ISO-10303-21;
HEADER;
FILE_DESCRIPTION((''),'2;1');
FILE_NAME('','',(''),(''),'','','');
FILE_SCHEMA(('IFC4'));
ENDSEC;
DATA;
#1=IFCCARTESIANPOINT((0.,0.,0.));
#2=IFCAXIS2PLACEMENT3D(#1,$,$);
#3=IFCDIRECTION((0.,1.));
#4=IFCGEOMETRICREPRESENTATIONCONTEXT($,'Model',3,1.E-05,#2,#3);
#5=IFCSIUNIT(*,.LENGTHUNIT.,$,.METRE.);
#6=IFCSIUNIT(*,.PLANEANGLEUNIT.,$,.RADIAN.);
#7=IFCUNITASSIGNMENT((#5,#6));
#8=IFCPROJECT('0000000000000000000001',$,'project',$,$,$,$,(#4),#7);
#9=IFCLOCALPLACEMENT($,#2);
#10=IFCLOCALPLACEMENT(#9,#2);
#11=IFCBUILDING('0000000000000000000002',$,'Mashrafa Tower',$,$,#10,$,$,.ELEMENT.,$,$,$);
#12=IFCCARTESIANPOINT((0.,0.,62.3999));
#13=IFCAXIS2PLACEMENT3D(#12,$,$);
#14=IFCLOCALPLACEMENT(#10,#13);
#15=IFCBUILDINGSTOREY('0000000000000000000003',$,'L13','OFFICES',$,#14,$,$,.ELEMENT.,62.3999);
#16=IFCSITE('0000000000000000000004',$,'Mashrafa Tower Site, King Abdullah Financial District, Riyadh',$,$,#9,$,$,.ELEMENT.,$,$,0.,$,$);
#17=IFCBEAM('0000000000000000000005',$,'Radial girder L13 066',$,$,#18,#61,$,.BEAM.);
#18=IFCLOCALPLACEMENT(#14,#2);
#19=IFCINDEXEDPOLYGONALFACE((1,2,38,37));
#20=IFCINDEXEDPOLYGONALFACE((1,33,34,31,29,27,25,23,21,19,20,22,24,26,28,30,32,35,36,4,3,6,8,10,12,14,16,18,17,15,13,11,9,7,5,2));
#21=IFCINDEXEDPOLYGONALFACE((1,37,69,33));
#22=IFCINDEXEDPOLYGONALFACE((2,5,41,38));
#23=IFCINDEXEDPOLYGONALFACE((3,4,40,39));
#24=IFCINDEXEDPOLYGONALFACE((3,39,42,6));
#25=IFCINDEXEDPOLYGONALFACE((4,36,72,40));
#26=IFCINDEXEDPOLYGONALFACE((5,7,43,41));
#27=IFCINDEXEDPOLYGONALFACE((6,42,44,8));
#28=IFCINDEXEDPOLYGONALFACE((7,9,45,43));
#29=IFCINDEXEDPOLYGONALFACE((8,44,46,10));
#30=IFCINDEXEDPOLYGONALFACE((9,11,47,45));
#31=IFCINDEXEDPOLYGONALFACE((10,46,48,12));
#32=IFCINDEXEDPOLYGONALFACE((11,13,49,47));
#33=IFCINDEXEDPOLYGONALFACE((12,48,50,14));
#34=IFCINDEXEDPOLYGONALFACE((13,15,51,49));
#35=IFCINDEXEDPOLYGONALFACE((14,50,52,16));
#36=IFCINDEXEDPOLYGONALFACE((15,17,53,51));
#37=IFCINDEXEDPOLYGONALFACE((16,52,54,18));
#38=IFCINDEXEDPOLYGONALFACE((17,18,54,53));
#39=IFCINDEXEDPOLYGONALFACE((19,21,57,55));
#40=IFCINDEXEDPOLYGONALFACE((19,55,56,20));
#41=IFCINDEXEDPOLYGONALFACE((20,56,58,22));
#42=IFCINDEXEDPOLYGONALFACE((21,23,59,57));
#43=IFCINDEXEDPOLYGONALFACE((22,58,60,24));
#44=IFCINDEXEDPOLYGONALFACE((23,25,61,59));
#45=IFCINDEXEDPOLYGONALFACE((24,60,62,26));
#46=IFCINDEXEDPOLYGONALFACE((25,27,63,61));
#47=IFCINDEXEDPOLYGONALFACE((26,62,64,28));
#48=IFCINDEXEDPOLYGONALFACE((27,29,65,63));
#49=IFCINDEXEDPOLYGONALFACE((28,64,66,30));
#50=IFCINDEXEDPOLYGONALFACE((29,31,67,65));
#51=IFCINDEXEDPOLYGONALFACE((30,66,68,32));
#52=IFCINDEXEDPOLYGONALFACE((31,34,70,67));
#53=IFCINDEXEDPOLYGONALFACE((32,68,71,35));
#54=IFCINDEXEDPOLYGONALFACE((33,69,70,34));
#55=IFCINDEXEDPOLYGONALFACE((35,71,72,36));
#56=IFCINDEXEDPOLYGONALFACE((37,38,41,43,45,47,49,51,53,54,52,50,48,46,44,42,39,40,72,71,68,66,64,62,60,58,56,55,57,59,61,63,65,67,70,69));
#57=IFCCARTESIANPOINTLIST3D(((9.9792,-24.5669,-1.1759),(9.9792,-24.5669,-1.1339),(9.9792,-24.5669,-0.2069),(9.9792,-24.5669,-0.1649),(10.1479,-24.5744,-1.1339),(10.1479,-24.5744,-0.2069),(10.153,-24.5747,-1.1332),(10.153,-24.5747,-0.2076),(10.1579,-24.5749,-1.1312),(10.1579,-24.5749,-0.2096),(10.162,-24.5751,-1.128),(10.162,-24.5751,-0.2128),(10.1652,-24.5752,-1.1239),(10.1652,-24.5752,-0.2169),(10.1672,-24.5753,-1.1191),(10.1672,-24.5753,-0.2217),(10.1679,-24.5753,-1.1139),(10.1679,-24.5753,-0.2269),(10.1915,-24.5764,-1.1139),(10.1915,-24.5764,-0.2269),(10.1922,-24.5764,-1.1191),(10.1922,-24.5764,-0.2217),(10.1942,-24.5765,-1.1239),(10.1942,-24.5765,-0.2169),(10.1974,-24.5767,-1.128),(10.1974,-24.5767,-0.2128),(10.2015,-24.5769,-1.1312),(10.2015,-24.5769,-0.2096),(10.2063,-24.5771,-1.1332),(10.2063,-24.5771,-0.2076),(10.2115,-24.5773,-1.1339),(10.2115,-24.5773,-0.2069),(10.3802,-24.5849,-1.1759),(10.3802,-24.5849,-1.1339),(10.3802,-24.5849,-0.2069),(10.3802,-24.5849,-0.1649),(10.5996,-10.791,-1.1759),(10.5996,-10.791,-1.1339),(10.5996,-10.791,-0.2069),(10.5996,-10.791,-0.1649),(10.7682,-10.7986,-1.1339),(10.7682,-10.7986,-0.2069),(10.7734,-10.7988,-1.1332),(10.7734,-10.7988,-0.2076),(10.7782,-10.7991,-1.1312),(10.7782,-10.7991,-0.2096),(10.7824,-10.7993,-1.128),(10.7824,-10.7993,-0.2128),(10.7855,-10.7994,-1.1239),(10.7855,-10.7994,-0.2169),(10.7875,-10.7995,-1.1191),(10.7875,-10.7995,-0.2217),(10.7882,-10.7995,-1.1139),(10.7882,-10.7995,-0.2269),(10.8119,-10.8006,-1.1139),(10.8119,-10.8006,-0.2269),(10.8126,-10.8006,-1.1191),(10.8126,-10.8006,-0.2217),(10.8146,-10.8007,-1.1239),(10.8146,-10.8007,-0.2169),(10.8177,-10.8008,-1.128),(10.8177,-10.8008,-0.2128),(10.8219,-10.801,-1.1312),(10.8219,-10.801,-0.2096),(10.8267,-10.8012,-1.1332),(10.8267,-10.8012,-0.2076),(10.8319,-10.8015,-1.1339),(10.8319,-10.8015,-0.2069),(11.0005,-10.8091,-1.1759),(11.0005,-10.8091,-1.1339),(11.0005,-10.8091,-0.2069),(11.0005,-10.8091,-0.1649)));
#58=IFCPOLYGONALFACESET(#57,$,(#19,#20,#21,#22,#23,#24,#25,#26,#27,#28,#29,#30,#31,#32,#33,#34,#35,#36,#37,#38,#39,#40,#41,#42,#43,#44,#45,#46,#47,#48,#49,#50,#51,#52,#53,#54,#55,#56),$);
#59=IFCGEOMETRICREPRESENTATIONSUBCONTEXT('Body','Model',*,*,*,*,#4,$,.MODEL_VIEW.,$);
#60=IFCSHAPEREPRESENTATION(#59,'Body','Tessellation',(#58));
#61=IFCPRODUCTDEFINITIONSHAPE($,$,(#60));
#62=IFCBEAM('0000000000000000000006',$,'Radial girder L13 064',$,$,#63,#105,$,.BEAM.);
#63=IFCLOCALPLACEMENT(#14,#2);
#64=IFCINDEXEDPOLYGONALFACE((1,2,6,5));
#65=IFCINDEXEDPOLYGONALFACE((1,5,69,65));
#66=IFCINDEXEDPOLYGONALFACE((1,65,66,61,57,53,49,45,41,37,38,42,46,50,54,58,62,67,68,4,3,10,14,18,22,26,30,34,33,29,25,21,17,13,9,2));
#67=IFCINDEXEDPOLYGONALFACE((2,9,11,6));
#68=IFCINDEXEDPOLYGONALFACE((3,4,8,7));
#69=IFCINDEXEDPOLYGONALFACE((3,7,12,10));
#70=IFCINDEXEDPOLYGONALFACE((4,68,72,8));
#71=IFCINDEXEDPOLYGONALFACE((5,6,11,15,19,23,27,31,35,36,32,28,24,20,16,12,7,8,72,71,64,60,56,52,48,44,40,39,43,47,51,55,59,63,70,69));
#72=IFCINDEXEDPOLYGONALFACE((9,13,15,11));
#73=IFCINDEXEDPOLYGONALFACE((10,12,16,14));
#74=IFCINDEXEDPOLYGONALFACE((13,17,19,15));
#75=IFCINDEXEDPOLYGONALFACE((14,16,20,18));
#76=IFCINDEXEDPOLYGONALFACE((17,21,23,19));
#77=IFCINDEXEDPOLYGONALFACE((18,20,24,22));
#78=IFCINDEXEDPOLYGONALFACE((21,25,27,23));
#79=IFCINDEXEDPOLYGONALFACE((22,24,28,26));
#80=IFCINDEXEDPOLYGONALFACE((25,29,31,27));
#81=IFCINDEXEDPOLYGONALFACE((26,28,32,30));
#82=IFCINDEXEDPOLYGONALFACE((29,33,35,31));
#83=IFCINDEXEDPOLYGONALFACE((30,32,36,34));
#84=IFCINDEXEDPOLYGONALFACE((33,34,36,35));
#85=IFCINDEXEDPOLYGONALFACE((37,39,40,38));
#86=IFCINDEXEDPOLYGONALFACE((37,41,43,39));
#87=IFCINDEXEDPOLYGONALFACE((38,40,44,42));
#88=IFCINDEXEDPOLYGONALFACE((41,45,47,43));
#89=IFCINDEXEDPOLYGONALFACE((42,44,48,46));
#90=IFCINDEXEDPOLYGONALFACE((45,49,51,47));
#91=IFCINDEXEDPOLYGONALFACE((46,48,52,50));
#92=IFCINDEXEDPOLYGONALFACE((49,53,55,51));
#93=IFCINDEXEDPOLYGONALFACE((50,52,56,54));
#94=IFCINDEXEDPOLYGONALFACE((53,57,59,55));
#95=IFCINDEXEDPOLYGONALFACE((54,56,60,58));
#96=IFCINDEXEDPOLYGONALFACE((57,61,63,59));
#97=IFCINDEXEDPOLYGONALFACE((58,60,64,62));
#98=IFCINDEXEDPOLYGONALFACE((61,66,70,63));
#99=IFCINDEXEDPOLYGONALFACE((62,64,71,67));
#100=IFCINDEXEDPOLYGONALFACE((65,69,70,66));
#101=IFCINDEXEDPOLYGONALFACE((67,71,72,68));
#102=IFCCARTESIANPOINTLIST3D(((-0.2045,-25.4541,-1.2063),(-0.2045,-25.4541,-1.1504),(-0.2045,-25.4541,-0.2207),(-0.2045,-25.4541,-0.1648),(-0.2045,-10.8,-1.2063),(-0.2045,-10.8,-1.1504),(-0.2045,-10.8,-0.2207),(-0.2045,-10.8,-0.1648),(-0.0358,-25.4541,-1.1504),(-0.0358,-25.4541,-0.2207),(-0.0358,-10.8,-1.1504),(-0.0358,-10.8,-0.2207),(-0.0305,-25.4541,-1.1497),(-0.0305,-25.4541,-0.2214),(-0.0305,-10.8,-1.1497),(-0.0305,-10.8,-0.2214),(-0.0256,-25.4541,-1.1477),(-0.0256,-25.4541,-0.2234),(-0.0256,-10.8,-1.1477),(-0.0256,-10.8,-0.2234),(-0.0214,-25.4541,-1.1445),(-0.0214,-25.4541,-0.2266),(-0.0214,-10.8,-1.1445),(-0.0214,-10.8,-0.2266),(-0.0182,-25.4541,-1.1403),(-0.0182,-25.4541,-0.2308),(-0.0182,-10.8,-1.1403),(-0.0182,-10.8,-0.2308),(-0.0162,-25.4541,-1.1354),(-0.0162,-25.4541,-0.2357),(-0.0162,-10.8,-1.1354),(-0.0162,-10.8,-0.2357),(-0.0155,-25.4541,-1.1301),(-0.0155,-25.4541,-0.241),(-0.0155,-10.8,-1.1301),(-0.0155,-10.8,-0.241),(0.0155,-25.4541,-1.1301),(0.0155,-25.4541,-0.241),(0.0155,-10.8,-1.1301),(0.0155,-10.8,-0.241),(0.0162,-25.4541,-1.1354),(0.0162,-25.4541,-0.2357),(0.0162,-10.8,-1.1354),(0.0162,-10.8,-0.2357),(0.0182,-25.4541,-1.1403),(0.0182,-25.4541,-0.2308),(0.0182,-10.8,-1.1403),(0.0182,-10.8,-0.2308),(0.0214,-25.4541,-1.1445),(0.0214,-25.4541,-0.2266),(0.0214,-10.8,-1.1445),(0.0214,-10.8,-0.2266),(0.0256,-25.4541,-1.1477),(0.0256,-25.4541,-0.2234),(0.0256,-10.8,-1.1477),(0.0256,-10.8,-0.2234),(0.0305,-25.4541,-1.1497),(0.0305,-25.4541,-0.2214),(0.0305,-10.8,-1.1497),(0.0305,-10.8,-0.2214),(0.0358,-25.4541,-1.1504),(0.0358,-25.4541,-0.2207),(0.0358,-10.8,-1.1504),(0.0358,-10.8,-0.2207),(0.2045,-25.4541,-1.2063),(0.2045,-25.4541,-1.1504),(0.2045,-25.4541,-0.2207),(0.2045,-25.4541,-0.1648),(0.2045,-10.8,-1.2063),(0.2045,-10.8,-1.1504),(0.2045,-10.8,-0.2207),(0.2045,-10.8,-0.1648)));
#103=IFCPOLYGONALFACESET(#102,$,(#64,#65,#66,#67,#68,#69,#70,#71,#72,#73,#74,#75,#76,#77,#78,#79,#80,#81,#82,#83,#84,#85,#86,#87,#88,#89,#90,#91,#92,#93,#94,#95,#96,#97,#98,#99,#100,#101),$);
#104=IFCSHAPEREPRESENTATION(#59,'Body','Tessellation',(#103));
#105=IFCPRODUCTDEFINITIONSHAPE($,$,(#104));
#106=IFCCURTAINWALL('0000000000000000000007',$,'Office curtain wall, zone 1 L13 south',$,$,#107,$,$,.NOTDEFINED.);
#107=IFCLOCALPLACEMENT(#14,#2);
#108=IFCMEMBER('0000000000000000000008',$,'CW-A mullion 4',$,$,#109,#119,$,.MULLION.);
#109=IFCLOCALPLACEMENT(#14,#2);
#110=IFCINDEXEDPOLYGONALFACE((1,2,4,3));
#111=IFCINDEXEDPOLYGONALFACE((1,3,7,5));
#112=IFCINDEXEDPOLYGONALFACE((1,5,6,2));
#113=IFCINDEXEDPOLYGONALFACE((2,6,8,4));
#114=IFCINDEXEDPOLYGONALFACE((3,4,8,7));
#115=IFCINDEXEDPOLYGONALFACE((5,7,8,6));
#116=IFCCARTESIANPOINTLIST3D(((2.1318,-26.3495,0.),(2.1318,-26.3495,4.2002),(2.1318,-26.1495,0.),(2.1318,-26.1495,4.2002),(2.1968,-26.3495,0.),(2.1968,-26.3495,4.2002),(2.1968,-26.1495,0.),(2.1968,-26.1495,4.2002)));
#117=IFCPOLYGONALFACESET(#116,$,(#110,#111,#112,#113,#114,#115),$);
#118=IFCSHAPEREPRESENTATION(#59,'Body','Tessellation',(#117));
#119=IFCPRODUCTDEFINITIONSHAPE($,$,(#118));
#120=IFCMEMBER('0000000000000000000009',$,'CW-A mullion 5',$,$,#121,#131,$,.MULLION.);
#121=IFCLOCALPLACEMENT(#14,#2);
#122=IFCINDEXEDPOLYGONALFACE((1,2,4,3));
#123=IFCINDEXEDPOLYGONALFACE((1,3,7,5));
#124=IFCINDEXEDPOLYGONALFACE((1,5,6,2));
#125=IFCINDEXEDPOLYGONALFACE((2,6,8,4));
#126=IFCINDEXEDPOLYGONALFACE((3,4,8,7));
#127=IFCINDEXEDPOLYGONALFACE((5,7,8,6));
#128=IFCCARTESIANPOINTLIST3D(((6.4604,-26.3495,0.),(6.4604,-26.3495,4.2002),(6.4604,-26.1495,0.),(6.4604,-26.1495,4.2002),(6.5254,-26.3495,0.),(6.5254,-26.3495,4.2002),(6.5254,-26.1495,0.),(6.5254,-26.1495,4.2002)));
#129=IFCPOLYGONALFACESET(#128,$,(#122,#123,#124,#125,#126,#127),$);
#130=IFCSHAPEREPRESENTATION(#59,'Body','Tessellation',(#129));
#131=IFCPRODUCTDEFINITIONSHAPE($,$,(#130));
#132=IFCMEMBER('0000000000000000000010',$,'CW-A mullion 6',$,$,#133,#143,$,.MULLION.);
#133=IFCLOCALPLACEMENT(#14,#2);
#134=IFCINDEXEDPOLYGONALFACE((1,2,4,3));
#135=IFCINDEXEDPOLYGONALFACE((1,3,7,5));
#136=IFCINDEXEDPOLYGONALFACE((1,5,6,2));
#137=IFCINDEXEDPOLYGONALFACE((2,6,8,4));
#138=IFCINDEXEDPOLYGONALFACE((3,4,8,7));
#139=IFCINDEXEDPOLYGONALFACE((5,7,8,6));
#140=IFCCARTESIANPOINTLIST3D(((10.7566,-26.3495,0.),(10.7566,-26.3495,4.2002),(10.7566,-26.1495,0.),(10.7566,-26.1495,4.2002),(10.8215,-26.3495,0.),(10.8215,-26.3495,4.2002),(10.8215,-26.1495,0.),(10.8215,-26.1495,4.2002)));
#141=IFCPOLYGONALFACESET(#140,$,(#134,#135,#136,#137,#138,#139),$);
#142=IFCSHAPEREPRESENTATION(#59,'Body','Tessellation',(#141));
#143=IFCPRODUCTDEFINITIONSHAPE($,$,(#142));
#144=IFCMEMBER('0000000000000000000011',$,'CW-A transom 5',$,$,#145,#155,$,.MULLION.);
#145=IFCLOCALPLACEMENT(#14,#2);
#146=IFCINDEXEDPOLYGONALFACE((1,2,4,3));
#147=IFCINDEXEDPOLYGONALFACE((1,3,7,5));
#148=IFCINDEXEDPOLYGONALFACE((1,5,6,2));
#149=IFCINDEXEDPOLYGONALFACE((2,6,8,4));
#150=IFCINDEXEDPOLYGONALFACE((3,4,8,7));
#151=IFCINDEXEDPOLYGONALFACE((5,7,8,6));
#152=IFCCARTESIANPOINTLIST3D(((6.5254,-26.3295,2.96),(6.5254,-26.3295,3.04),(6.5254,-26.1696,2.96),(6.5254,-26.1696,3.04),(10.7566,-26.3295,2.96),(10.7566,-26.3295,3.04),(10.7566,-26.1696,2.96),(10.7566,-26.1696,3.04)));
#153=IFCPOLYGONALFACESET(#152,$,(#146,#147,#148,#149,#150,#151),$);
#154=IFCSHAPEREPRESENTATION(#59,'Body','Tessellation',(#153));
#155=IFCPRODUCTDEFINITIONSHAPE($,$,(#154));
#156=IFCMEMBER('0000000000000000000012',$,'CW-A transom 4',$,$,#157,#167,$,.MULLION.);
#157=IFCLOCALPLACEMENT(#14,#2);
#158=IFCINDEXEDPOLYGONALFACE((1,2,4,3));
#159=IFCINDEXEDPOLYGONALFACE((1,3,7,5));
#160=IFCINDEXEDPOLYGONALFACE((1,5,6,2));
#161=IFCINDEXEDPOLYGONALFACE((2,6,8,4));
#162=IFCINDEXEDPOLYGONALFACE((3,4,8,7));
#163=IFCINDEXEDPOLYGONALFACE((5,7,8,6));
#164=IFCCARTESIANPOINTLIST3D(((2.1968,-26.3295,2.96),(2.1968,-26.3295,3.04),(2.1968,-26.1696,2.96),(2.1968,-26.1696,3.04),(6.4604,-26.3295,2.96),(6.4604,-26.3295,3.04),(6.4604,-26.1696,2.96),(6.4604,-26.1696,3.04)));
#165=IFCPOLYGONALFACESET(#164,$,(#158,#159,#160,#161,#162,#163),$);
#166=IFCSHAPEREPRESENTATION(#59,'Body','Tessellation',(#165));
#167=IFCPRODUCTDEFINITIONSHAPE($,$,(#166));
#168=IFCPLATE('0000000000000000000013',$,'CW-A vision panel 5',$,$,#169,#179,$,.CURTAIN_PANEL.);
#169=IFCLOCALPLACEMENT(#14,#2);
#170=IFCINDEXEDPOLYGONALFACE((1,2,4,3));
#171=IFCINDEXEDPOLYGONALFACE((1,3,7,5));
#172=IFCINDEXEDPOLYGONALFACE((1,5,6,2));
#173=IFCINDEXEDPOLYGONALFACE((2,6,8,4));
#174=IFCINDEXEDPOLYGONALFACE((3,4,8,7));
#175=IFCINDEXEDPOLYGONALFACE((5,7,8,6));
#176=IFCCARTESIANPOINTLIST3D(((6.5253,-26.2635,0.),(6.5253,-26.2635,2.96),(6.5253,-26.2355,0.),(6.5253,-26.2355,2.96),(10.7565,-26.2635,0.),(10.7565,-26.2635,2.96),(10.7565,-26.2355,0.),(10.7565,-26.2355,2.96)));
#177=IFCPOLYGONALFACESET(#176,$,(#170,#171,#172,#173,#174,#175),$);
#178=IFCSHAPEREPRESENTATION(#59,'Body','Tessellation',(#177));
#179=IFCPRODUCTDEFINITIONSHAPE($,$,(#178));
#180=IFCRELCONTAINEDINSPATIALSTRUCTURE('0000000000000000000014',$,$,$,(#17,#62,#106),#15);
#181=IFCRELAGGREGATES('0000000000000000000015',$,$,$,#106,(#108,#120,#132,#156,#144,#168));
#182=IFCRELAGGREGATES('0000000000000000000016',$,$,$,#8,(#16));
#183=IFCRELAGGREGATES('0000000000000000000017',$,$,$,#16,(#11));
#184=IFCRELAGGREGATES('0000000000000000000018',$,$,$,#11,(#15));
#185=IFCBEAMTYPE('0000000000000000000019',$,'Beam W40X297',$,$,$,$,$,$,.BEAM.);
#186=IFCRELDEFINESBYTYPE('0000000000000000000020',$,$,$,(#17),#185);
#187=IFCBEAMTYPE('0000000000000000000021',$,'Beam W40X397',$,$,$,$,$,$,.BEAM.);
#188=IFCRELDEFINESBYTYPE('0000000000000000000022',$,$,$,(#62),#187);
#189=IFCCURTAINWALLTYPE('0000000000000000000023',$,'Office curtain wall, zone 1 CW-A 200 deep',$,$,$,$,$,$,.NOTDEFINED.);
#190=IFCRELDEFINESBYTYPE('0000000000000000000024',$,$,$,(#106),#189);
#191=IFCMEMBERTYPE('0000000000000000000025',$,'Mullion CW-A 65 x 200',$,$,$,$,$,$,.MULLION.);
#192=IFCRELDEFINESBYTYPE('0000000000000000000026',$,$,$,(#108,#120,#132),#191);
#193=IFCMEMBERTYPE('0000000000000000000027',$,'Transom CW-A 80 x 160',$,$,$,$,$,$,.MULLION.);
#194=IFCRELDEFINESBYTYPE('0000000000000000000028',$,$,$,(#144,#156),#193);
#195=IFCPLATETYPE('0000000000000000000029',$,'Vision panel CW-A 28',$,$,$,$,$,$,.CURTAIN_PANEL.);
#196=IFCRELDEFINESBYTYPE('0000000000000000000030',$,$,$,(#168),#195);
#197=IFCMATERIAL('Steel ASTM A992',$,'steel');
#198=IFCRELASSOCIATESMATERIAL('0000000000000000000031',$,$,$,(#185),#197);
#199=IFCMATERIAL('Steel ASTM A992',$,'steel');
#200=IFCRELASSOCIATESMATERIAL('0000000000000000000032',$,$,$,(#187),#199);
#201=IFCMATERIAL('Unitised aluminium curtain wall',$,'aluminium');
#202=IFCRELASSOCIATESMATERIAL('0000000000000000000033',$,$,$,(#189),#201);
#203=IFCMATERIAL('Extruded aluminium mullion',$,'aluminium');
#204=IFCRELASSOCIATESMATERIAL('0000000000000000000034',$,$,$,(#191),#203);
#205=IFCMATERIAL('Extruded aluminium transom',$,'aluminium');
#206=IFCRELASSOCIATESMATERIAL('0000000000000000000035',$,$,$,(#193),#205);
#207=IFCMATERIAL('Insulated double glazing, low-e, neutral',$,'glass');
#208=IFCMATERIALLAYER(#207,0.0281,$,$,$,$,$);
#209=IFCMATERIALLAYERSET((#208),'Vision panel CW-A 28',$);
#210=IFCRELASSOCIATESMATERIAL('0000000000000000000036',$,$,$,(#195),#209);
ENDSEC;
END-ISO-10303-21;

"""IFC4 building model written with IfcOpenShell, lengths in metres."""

from ifc_helpers import new_model, si_unit, direction, frame, origin, origin_2d, place, context, subcontext, project, spatial, rectangle, i_section, extrude, source, transform, mapped, material, layer, layer_set, material_profile, profile_set, type_object, type_shapes, element, aggregate, save


model = new_model("IFC4")

# Units and contexts
model_context = context("Model", 3, precision=1e-05, world=origin(), true_north=direction((0.0, 1.0)))
body_context = subcontext(model_context, "Body", "Model", "MODEL_VIEW")
ifc_project = project(units=[si_unit("LENGTHUNIT", "METRE"), si_unit("PLANEANGLEUNIT", "RADIAN")], contexts=[model_context])

# Site, building, storey
site_placement = place(None, origin())
site = spatial("IfcSite", under=ifc_project, at=site_placement, Name="Mashrafa Tower Site, King Abdullah Financial District, Riyadh", CompositionType="ELEMENT", RefElevation=0.0)
building_placement = place(site_placement, origin())
building = spatial("IfcBuilding", under=site, at=building_placement, Name="Mashrafa Tower", CompositionType="ELEMENT")
storey_placement = place(building_placement, frame((0.0, 0.0, 62.3999)))
storey = spatial("IfcBuildingStorey", under=building, at=storey_placement, Name="L13", Description="OFFICES", CompositionType="ELEMENT", Elevation=62.3999)

# Beams
ifc_material_1 = material(Name="Steel ASTM A992", Category="steel")
ifc_material_profile_1 = material_profile(ifc_material_1, i_section(OverallWidth=0.4014, OverallDepth=1.011, WebThickness=0.0237, FlangeThickness=0.042, FilletRadius=0.02, at=origin_2d()), Name="W40X297")
ifc_profile_set_1 = profile_set([ifc_material_profile_1], Name="Steel ASTM A992")
beam_type_1 = type_object("IfcBeamType", Name="Beam W40X297", PredefinedType="BEAM", material=ifc_profile_set_1)
beam_1_placement = place(storey_placement, frame((10.8, -10.8, -0.6704), z_axis=(-0.044987, -0.998988, 0.0), x_axis=(0.998988, -0.044987, 0.0)))
element("IfcBeam", 1, at=beam_1_placement, inside=storey, type_object=beam_type_1, Name="Radial girder L13 066", PredefinedType="BEAM", context=body_context, shape_type="SweptSolid", body=[
    extrude(i_section(OverallWidth=0.4014, OverallDepth=1.011, WebThickness=0.0237, FlangeThickness=0.042, FilletRadius=0.02, at=origin_2d()), origin(), (0.0, 0.0, 1.0), 13.7898),
])
ifc_material_2 = material(Name="Steel ASTM A992", Category="steel")
ifc_material_profile_2 = material_profile(ifc_material_2, i_section(OverallWidth=0.4089, OverallDepth=1.0415, WebThickness=0.031, FlangeThickness=0.0559, FilletRadius=0.0203, at=origin_2d()), Name="W40X397")
ifc_profile_set_2 = profile_set([ifc_material_profile_2], Name="Steel ASTM A992")
beam_type_2 = type_object("IfcBeamType", Name="Beam W40X397", PredefinedType="BEAM", material=ifc_profile_set_2)
beam_2_placement = place(storey_placement, frame((0.0, -10.8, -0.6855), z_axis=(0.0, -1.0, 0.0), x_axis=(1.0, 0.0, 0.0)))
element("IfcBeam", 2, at=beam_2_placement, inside=storey, type_object=beam_type_2, Name="Radial girder L13 064", PredefinedType="BEAM", context=body_context, shape_type="SweptSolid", body=[
    extrude(i_section(OverallWidth=0.4089, OverallDepth=1.0415, WebThickness=0.031, FlangeThickness=0.0559, FilletRadius=0.0203, at=origin_2d()), origin(), (0.0, 0.0, 1.0), 14.6541),
])

# Curtain wall, members, plate
ifc_material_3 = material(Name="Unitised aluminium curtain wall", Category="aluminium")
curtain_wall_type = type_object("IfcCurtainWallType", Name="Office curtain wall, zone 1 CW-A 200 deep", PredefinedType="NOTDEFINED", material=ifc_material_3)
curtain_wall_placement = place(storey_placement, origin())
curtain_wall = element("IfcCurtainWall", 3, at=curtain_wall_placement, inside=storey, type_object=curtain_wall_type, Name="Office curtain wall, zone 1 L13 south", PredefinedType="NOTDEFINED")
ifc_material_4 = material(Name="Extruded aluminium mullion", Category="aluminium")
ifc_material_profile_3 = material_profile(ifc_material_4, rectangle(XDim=0.2, YDim=0.0649, at=origin_2d()), Name="Mullion 65x200")
ifc_profile_set_3 = profile_set([ifc_material_profile_3], Name="Extruded aluminium mullion")
member_type_1 = type_object("IfcMemberType", Name="Mullion CW-A 65 x 200", PredefinedType="MULLION", material=ifc_profile_set_3)
shared_shape_1 = source(origin(), body_context, "Body", "SweptSolid", [
    extrude(rectangle(XDim=0.2, YDim=0.0649, at=origin_2d()), origin(), (0.0, 0.0, 1.0), 4.2002),
])
type_shapes(member_type_1, [shared_shape_1])
member_1_placement = place(storey_placement, frame((2.1643, -26.2495, 0.0), z_axis=(0.0, 0.0, 1.0), x_axis=(0.0, 1.0, 0.0)))
member_1 = element("IfcMember", 4, at=member_1_placement, type_object=member_type_1, Name="CW-A mullion 4", PredefinedType="MULLION", context=body_context, shape_type="MappedRepresentation", body=[
    mapped(shared_shape_1, transform((0.0, 0.0, 0.0))),
])
member_2_placement = place(storey_placement, frame((6.4929, -26.2495, 0.0), z_axis=(0.0, 0.0, 1.0), x_axis=(0.0, 1.0, 0.0)))
member_2 = element("IfcMember", 5, at=member_2_placement, type_object=member_type_1, Name="CW-A mullion 5", PredefinedType="MULLION", context=body_context, shape_type="MappedRepresentation", body=[
    mapped(shared_shape_1, transform((0.0, 0.0, 0.0))),
])
member_3_placement = place(storey_placement, frame((10.7891, -26.2495, 0.0), z_axis=(0.0, 0.0, 1.0), x_axis=(0.0, 1.0, 0.0)))
member_3 = element("IfcMember", 6, at=member_3_placement, type_object=member_type_1, Name="CW-A mullion 6", PredefinedType="MULLION", context=body_context, shape_type="MappedRepresentation", body=[
    mapped(shared_shape_1, transform((0.0, 0.0, 0.0))),
])
ifc_material_5 = material(Name="Extruded aluminium transom", Category="aluminium")
ifc_material_profile_4 = material_profile(ifc_material_5, rectangle(XDim=0.1599, YDim=0.0801, at=origin_2d()), Name="Transom 80x160")
ifc_profile_set_4 = profile_set([ifc_material_profile_4], Name="Extruded aluminium transom")
member_type_2 = type_object("IfcMemberType", Name="Transom CW-A 80 x 160", PredefinedType="MULLION", material=ifc_profile_set_4)
shared_shape_2 = source(origin(), body_context, "Body", "SweptSolid", [
    extrude(rectangle(XDim=0.1599, YDim=0.0801, at=origin_2d()), origin(), (0.0, 0.0, 1.0), 4.2312),
])
member_4_placement = place(storey_placement, frame((6.5254, -26.2495, 3.0), z_axis=(1.0, 0.0, 0.0), x_axis=(0.0, 1.0, 0.0)))
member_4 = element("IfcMember", 7, at=member_4_placement, type_object=member_type_2, Name="CW-A transom 5", PredefinedType="MULLION", context=body_context, shape_type="MappedRepresentation", body=[
    mapped(shared_shape_2, transform((0.0, 0.0, 0.0))),
])
shared_shape_3 = source(origin(), body_context, "Body", "SweptSolid", [
    extrude(rectangle(XDim=0.1599, YDim=0.0801, at=origin_2d()), origin(), (0.0, 0.0, 1.0), 4.2637),
])
type_shapes(member_type_2, [shared_shape_2, shared_shape_3])
member_5_placement = place(storey_placement, frame((2.1968, -26.2495, 3.0), z_axis=(1.0, 0.0, 0.0), x_axis=(0.0, 1.0, 0.0)))
member_5 = element("IfcMember", 8, at=member_5_placement, type_object=member_type_2, Name="CW-A transom 4", PredefinedType="MULLION", context=body_context, shape_type="MappedRepresentation", body=[
    mapped(shared_shape_3, transform((0.0, 0.0, 0.0))),
])
ifc_material_6 = material(Name="Insulated double glazing, low-e, neutral", Category="glass")
ifc_layer_1 = layer(ifc_material_6, 0.0281)
ifc_layer_set_1 = layer_set([ifc_layer_1], Name="Vision panel CW-A 28")
plate_type_1 = type_object("IfcPlateType", Name="Vision panel CW-A 28", PredefinedType="CURTAIN_PANEL", material=ifc_layer_set_1)
shared_shape_4 = source(origin(), body_context, "Body", "SweptSolid", [
    extrude(rectangle(XDim=4.2312, YDim=0.0281, at=origin_2d()), origin(), (0.0, 0.0, 1.0), 2.96),
])
plate_1_placement = place(storey_placement, frame((8.6409, -26.2495, 0.0), z_axis=(0.0, 0.0, 1.0), x_axis=(1.0, 0.0, 0.0)))
plate_1 = element("IfcPlate", 9, at=plate_1_placement, type_object=plate_type_1, Name="CW-A vision panel 5", PredefinedType="CURTAIN_PANEL", context=body_context, shape_type="MappedRepresentation", body=[
    mapped(shared_shape_4, transform((0.0, 0.0, 0.0))),
])
aggregate(curtain_wall, [member_1, member_2, member_3, member_5, member_4, plate_1])

save(model, "model.ifc")
